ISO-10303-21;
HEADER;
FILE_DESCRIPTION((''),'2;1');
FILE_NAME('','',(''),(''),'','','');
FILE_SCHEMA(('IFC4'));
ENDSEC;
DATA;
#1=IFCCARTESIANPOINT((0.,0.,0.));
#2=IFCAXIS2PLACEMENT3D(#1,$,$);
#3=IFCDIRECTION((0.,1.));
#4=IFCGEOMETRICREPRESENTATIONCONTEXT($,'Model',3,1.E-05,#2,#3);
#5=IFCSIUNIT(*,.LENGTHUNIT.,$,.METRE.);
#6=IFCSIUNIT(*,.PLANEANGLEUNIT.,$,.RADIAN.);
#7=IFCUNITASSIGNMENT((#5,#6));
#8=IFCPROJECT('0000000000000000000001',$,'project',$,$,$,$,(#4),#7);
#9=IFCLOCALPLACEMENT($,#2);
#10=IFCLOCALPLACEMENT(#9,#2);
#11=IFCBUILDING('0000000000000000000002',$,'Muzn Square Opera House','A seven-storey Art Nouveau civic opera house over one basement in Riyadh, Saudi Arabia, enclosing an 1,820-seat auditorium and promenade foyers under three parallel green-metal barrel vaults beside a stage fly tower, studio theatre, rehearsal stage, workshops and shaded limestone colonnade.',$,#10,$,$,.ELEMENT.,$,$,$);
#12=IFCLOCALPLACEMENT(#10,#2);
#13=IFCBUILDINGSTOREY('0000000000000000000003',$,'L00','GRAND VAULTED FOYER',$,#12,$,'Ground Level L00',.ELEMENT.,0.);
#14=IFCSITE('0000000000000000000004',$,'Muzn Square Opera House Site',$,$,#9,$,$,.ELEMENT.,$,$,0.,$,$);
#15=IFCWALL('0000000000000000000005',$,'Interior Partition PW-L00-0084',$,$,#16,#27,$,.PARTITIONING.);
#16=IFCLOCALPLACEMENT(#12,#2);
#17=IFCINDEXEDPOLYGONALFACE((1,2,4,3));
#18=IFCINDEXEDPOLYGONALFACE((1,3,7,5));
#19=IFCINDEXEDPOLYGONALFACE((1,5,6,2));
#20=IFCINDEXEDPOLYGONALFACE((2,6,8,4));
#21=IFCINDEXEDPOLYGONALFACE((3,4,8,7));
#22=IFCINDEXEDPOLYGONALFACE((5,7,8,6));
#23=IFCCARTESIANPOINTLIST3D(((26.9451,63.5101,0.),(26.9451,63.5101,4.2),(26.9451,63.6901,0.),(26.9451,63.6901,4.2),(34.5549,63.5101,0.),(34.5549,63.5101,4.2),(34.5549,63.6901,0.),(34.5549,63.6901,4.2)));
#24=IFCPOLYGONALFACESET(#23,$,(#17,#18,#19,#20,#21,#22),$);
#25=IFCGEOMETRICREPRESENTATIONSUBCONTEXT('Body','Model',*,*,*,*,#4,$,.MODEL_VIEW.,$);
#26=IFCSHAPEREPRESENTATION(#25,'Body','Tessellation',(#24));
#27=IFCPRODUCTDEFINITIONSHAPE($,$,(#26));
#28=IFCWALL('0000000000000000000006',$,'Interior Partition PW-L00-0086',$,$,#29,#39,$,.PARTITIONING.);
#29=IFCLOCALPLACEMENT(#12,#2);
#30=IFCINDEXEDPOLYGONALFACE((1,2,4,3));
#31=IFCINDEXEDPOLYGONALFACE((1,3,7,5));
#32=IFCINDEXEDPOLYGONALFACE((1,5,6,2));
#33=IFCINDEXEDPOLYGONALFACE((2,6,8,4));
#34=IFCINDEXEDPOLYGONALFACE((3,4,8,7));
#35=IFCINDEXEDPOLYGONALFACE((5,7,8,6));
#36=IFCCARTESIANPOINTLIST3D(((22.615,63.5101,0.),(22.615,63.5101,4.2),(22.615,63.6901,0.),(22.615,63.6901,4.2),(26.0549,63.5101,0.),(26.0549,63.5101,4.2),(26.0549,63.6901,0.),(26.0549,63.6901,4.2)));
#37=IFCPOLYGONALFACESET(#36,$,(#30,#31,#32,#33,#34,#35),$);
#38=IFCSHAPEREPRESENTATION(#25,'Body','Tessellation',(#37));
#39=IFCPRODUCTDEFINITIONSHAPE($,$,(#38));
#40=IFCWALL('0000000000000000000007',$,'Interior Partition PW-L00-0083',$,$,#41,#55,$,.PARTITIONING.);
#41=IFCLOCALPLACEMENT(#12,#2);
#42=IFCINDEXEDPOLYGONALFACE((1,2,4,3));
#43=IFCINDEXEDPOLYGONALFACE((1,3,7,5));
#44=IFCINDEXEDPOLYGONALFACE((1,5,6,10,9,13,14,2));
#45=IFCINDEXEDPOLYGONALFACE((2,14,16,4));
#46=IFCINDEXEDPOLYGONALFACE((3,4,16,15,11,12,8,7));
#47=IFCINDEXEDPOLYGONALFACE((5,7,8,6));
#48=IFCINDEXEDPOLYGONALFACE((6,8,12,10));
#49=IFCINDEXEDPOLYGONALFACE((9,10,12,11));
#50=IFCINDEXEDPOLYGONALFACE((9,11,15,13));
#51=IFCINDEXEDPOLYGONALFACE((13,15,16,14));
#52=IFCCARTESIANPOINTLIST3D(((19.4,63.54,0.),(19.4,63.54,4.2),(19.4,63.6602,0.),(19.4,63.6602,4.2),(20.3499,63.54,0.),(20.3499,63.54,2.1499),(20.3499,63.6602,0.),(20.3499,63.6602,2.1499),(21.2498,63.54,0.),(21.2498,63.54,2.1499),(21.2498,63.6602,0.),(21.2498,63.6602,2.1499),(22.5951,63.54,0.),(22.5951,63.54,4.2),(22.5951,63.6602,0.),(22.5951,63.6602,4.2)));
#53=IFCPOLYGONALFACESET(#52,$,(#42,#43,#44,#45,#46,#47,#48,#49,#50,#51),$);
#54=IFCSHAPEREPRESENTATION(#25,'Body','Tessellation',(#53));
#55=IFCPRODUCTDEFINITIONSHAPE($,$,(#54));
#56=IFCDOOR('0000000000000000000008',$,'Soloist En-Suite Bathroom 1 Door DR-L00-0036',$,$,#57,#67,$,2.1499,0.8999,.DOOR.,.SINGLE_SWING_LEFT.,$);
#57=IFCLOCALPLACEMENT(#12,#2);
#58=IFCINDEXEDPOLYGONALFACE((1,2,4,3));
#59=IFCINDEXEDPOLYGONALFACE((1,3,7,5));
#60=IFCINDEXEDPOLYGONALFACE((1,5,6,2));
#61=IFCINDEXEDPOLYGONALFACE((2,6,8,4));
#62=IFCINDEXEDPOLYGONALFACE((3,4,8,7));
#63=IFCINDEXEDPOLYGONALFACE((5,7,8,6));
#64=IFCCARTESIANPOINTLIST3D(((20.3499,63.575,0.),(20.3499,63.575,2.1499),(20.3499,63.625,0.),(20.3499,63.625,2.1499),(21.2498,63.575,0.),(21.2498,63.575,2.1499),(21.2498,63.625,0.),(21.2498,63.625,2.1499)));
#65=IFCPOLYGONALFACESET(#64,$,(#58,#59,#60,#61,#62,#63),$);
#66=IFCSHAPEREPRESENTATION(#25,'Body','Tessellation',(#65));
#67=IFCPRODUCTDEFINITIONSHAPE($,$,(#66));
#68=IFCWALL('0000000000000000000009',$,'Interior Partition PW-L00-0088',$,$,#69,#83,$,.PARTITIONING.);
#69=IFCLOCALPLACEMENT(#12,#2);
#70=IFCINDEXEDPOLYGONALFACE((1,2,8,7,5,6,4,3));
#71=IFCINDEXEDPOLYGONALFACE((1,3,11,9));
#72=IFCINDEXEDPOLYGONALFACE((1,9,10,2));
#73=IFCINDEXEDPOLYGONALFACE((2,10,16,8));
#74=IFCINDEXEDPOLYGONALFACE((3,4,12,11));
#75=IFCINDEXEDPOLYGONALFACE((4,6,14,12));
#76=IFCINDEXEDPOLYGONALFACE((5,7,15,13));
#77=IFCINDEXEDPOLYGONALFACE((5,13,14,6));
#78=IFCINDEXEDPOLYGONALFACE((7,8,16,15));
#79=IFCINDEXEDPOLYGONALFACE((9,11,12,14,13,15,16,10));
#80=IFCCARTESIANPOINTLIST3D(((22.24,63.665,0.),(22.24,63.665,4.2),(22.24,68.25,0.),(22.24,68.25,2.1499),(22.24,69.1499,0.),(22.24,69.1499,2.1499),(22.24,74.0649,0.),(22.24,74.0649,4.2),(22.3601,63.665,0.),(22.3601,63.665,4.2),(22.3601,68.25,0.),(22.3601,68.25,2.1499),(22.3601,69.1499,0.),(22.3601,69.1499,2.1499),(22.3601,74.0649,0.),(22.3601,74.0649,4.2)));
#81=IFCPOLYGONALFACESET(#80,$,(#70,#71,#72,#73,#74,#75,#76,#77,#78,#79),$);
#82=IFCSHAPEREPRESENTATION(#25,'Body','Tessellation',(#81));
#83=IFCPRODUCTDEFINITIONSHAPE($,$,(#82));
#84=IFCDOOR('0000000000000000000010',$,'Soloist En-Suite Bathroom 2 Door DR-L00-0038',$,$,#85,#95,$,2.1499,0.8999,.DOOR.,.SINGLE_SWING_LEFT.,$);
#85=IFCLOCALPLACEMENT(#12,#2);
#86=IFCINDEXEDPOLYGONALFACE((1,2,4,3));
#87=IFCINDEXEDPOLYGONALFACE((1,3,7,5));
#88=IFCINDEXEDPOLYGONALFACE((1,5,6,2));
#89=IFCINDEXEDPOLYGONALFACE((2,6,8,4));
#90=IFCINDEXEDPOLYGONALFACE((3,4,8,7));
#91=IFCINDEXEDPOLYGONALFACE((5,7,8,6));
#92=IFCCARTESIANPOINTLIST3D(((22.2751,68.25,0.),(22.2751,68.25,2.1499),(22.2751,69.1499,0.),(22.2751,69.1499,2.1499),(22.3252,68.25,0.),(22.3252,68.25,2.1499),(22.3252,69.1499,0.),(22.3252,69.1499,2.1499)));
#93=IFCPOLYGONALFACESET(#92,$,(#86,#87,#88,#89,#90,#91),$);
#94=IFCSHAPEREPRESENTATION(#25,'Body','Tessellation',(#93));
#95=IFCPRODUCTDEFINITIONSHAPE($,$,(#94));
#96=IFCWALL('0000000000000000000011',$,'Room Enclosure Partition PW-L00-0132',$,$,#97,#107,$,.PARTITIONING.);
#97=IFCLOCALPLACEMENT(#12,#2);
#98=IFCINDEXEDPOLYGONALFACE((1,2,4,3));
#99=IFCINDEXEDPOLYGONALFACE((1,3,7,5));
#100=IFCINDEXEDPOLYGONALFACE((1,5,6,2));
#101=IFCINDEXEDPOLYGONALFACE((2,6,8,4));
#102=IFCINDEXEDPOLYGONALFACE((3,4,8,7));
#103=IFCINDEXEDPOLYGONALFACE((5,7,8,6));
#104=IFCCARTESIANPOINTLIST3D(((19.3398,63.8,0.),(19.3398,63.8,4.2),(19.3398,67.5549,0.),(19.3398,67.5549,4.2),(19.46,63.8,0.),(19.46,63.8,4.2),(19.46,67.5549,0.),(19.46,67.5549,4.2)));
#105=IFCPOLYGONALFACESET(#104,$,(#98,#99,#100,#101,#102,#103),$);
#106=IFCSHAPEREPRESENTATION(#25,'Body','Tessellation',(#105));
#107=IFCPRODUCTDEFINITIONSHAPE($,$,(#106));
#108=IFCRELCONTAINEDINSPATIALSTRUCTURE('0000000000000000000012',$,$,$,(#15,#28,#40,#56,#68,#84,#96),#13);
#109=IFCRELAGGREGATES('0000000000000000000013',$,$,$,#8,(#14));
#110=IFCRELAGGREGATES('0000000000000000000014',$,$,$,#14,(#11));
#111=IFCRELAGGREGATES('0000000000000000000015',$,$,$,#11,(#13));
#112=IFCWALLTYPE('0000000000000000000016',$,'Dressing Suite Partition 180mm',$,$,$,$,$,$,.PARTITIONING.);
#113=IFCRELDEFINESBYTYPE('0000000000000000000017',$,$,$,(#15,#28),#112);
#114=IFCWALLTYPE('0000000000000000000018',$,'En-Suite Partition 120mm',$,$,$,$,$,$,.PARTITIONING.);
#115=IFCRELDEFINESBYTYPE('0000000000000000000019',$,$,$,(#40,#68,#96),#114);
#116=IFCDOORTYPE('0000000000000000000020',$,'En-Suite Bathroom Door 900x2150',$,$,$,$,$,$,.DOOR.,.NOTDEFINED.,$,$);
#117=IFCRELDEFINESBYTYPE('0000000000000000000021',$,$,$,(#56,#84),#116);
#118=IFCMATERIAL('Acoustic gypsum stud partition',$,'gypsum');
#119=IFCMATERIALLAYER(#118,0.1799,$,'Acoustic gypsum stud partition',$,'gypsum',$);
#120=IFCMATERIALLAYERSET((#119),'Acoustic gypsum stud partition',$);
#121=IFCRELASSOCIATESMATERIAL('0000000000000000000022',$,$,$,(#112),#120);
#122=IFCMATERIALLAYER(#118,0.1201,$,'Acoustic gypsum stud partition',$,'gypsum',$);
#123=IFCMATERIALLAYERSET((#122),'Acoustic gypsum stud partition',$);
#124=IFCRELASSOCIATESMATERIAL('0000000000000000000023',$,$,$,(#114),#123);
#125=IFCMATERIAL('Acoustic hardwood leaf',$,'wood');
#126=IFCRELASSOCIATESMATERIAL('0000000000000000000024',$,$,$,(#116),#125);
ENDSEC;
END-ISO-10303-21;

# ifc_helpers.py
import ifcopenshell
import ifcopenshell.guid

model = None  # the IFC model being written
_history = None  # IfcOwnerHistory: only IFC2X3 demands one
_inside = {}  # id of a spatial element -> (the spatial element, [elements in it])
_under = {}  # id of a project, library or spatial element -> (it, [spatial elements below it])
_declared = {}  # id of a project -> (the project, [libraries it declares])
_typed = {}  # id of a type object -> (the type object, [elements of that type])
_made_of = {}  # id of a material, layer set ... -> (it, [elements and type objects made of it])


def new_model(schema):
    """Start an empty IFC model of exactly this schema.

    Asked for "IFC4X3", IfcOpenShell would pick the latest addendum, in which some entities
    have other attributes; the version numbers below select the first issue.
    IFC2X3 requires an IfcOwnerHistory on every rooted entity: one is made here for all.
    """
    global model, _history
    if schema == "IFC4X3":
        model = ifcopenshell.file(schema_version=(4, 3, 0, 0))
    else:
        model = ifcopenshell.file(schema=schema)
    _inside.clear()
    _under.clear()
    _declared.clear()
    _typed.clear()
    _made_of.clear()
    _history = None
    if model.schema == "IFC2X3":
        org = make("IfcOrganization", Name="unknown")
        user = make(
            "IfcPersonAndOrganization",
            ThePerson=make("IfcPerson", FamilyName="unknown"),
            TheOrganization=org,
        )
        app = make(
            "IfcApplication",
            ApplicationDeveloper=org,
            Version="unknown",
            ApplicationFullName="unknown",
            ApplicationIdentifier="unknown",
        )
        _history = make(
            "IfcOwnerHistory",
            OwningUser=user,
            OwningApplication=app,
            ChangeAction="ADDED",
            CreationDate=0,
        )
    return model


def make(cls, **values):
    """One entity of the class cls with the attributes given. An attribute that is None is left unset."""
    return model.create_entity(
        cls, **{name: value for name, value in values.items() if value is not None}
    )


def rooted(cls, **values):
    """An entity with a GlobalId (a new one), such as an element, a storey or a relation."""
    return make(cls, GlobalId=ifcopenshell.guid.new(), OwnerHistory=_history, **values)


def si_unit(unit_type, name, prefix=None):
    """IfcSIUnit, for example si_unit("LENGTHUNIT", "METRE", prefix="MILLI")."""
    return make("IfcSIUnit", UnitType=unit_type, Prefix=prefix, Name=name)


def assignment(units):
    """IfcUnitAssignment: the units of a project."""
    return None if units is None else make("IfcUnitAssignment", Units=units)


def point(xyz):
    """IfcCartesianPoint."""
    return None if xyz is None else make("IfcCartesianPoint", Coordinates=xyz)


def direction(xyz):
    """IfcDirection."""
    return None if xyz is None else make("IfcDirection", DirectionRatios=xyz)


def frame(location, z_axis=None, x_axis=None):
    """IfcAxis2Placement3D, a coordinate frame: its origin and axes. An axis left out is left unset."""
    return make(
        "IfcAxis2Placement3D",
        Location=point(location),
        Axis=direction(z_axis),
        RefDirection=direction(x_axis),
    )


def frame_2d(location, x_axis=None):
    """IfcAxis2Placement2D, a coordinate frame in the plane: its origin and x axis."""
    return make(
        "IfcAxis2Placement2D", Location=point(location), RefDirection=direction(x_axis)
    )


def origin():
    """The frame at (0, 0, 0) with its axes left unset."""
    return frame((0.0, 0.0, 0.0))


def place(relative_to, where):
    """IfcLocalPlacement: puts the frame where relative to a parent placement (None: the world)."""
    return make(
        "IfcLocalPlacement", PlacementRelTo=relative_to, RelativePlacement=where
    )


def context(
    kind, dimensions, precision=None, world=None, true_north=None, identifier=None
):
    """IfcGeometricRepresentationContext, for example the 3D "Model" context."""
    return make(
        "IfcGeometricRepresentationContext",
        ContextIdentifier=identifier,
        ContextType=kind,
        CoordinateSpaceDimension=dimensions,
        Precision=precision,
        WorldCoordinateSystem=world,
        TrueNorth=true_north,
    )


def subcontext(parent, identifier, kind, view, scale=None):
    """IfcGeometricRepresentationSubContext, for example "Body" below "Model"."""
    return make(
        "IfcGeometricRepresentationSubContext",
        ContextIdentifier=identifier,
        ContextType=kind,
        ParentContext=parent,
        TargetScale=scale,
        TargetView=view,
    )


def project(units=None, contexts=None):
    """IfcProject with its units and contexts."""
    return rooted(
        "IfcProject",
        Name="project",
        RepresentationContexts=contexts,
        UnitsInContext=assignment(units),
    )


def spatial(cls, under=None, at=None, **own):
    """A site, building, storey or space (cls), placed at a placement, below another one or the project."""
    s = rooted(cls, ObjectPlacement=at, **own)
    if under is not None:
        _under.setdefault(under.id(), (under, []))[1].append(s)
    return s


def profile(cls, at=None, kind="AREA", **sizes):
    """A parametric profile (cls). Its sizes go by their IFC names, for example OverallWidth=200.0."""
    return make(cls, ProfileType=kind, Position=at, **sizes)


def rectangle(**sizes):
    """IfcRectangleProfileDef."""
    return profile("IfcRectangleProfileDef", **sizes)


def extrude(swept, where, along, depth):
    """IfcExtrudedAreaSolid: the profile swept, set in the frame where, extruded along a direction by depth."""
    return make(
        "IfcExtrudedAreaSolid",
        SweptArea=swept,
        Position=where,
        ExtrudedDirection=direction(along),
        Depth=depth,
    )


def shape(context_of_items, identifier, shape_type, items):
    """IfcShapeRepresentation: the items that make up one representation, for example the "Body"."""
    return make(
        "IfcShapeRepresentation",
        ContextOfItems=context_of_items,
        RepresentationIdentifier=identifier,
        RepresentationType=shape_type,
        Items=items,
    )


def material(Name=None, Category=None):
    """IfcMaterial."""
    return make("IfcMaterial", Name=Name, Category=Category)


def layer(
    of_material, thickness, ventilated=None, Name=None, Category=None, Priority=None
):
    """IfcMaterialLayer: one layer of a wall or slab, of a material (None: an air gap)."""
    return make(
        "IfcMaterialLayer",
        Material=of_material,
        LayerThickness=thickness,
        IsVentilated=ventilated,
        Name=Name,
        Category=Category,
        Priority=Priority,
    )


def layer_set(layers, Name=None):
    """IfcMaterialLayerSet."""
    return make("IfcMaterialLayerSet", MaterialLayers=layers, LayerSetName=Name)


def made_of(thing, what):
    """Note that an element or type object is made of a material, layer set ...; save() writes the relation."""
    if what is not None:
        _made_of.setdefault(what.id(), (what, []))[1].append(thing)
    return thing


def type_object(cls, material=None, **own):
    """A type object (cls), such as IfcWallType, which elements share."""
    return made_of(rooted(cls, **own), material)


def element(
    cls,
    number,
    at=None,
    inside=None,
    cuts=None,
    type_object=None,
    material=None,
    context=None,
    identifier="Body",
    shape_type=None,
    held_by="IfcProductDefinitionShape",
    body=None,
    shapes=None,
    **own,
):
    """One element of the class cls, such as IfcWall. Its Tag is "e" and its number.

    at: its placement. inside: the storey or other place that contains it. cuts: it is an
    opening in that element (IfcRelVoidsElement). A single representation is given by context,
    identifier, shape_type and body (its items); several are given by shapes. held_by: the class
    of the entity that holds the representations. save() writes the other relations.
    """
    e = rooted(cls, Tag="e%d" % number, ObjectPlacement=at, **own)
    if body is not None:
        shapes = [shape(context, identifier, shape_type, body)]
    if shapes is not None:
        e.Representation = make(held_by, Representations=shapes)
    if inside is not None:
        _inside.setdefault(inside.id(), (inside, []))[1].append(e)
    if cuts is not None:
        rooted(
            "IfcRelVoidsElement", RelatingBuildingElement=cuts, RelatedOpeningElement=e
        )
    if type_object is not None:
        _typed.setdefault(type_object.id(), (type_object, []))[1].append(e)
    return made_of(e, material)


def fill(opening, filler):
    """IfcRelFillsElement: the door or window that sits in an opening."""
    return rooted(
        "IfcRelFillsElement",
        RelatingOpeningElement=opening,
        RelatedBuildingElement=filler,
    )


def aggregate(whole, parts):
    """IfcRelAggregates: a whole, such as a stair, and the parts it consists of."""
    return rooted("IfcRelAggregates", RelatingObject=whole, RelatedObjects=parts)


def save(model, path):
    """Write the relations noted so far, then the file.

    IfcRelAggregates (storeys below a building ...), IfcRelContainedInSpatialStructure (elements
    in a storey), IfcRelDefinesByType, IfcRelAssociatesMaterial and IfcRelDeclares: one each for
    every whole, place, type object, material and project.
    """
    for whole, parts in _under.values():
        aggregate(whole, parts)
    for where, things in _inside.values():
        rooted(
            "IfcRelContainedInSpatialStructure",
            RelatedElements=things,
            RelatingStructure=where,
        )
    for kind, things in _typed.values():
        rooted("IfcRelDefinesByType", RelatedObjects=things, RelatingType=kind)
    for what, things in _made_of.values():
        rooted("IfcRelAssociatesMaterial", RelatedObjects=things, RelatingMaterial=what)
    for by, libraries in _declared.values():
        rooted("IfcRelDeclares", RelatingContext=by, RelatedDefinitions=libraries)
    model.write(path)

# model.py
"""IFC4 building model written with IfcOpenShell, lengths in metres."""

from ifc_helpers import new_model, si_unit, direction, frame, frame_2d, origin, place, context, subcontext, project, spatial, rectangle, extrude, material, layer, layer_set, type_object, element, fill, save


model = new_model("IFC4")

# Units and contexts
model_context = context("Model", 3, precision=1e-05, world=origin(), true_north=direction((0.0, 1.0)))
body_context = subcontext(model_context, "Body", "Model", "MODEL_VIEW")
ifc_project = project(units=[si_unit("LENGTHUNIT", "METRE"), si_unit("PLANEANGLEUNIT", "RADIAN")], contexts=[model_context])

# Site, building, storey
site_placement = place(None, origin())
site = spatial("IfcSite", under=ifc_project, at=site_placement, Name="Muzn Square Opera House Site", CompositionType="ELEMENT", RefElevation=0.0)
building_placement = place(site_placement, origin())
building = spatial("IfcBuilding", under=site, at=building_placement, Name="Muzn Square Opera House", Description="A seven-storey Art Nouveau civic opera house over one basement in Riyadh, Saudi Arabia, enclosing an 1,820-seat auditorium and promenade foyers under three parallel green-metal barrel vaults beside a stage fly tower, studio theatre, rehearsal stage, workshops and shaded limestone colonnade.", CompositionType="ELEMENT")
storey_placement = place(building_placement, origin())
storey = spatial("IfcBuildingStorey", under=building, at=storey_placement, Name="L00", Description="GRAND VAULTED FOYER", LongName="Ground Level L00", CompositionType="ELEMENT", Elevation=0.0)

# Walls
ifc_material_1 = material(Name="Acoustic gypsum stud partition", Category="gypsum")
ifc_layer_1 = layer(ifc_material_1, 0.1799, Name="Acoustic gypsum stud partition", Category="gypsum")
ifc_layer_set_1 = layer_set([ifc_layer_1], Name="Acoustic gypsum stud partition")
wall_type_1 = type_object("IfcWallType", Name="Dressing Suite Partition 180mm", PredefinedType="PARTITIONING", material=ifc_layer_set_1)
wall_1_placement = place(storey_placement, frame((26.9451, 63.6001, 0.0), z_axis=(0.0, 0.0, 1.0), x_axis=(1.0, 0.0, 0.0)))
element("IfcWall", 1, at=wall_1_placement, inside=storey, type_object=wall_type_1, Name="Interior Partition PW-L00-0084", PredefinedType="PARTITIONING", context=body_context, shape_type="SweptSolid", body=[
    extrude(rectangle(XDim=7.6099, YDim=0.1799, at=frame_2d((3.8049, 0.0))), origin(), (0.0, 0.0, 1.0), 4.2),
])
wall_2_placement = place(storey_placement, frame((22.615, 63.6001, 0.0), z_axis=(0.0, 0.0, 1.0), x_axis=(1.0, 0.0, 0.0)))
element("IfcWall", 2, at=wall_2_placement, inside=storey, type_object=wall_type_1, Name="Interior Partition PW-L00-0086", PredefinedType="PARTITIONING", context=body_context, shape_type="SweptSolid", body=[
    extrude(rectangle(XDim=3.4399, YDim=0.1799, at=frame_2d((1.72, 0.0))), origin(), (0.0, 0.0, 1.0), 4.2),
])

# Walls, openings, doors
ifc_layer_2 = layer(ifc_material_1, 0.1201, Name="Acoustic gypsum stud partition", Category="gypsum")
ifc_layer_set_2 = layer_set([ifc_layer_2], Name="Acoustic gypsum stud partition")
wall_type_2 = type_object("IfcWallType", Name="En-Suite Partition 120mm", PredefinedType="PARTITIONING", material=ifc_layer_set_2)
wall_3_placement = place(storey_placement, frame((19.3999, 63.6001, 0.0), z_axis=(0.0, 0.0, 1.0), x_axis=(1.0, 0.0, 0.0)))
wall_3 = element("IfcWall", 3, at=wall_3_placement, inside=storey, type_object=wall_type_2, Name="Interior Partition PW-L00-0083", PredefinedType="PARTITIONING", context=body_context, shape_type="SweptSolid", body=[
    extrude(rectangle(XDim=3.1951, YDim=0.1201, at=frame_2d((1.5977, 0.0))), origin(), (0.0, 0.0, 1.0), 4.2),
])
opening_1_placement = place(wall_3_placement, frame((0.95, 0.0, 0.0)))
opening_1 = element("IfcOpeningElement", 4, at=opening_1_placement, cuts=wall_3, PredefinedType="OPENING", context=body_context, shape_type="SweptSolid", body=[
    extrude(rectangle(XDim=0.8999, YDim=2.1499, at=frame_2d((0.45, 1.075))), frame((0.0, 0.0701, 0.0), z_axis=(0.0, -1.0, 0.0), x_axis=(1.0, 0.0, 0.0)), (0.0, 0.0, 1.0), 0.1401),
])
ifc_material_2 = material(Name="Acoustic hardwood leaf", Category="wood")
door_type = type_object("IfcDoorType", Name="En-Suite Bathroom Door 900x2150", OperationType="NOTDEFINED", PredefinedType="DOOR", material=ifc_material_2)
door_1_placement = place(opening_1_placement, origin())
door_1 = element("IfcDoor", 5, at=door_1_placement, inside=storey, type_object=door_type, Name="Soloist En-Suite Bathroom 1 Door DR-L00-0036", OperationType="SINGLE_SWING_LEFT", OverallHeight=2.1499, OverallWidth=0.8999, PredefinedType="DOOR", context=body_context, shape_type="SweptSolid", body=[
    extrude(rectangle(XDim=0.8999, YDim=2.1499, at=frame_2d((0.45, 1.075))), frame((0.0, 0.0249, 0.0), z_axis=(0.0, -1.0, 0.0), x_axis=(1.0, 0.0, 0.0)), (0.0, 0.0, 1.0), 0.05),
])
fill(opening_1, door_1)
wall_4_placement = place(storey_placement, frame((22.3, 63.665, 0.0), z_axis=(0.0, 0.0, 1.0), x_axis=(0.0, 1.0, 0.0)))
wall_4 = element("IfcWall", 6, at=wall_4_placement, inside=storey, type_object=wall_type_2, Name="Interior Partition PW-L00-0088", PredefinedType="PARTITIONING", context=body_context, shape_type="SweptSolid", body=[
    extrude(rectangle(XDim=10.3999, YDim=0.1201, at=frame_2d((5.2, 0.0))), origin(), (0.0, 0.0, 1.0), 4.2),
])
opening_2_placement = place(wall_4_placement, frame((4.585, 0.0, 0.0)))
opening_2 = element("IfcOpeningElement", 7, at=opening_2_placement, cuts=wall_4, PredefinedType="OPENING", context=body_context, shape_type="SweptSolid", body=[
    extrude(rectangle(XDim=0.8999, YDim=2.1499, at=frame_2d((0.45, 1.075))), frame((0.0, 0.0701, 0.0), z_axis=(0.0, -1.0, 0.0), x_axis=(1.0, 0.0, 0.0)), (0.0, 0.0, 1.0), 0.1401),
])
door_2_placement = place(opening_2_placement, origin())
door_2 = element("IfcDoor", 8, at=door_2_placement, inside=storey, type_object=door_type, Name="Soloist En-Suite Bathroom 2 Door DR-L00-0038", OperationType="SINGLE_SWING_LEFT", OverallHeight=2.1499, OverallWidth=0.8999, PredefinedType="DOOR", context=body_context, shape_type="SweptSolid", body=[
    extrude(rectangle(XDim=0.8999, YDim=2.1499, at=frame_2d((0.45, 1.075))), frame((0.0, 0.0249, 0.0), z_axis=(0.0, -1.0, 0.0), x_axis=(1.0, 0.0, 0.0)), (0.0, 0.0, 1.0), 0.05),
])
fill(opening_2, door_2)

# Wall
wall_5_placement = place(storey_placement, frame((19.3999, 63.8, 0.0), z_axis=(0.0, 0.0, 1.0), x_axis=(0.0, 1.0, 0.0)))
element("IfcWall", 9, at=wall_5_placement, inside=storey, type_object=wall_type_2, Name="Room Enclosure Partition PW-L00-0132", PredefinedType="PARTITIONING", context=body_context, shape_type="SweptSolid", body=[
    extrude(rectangle(XDim=3.7549, YDim=0.1201, at=frame_2d((1.8774, 0.0))), origin(), (0.0, 0.0, 1.0), 4.2),
])

save(model, "model.ifc")
